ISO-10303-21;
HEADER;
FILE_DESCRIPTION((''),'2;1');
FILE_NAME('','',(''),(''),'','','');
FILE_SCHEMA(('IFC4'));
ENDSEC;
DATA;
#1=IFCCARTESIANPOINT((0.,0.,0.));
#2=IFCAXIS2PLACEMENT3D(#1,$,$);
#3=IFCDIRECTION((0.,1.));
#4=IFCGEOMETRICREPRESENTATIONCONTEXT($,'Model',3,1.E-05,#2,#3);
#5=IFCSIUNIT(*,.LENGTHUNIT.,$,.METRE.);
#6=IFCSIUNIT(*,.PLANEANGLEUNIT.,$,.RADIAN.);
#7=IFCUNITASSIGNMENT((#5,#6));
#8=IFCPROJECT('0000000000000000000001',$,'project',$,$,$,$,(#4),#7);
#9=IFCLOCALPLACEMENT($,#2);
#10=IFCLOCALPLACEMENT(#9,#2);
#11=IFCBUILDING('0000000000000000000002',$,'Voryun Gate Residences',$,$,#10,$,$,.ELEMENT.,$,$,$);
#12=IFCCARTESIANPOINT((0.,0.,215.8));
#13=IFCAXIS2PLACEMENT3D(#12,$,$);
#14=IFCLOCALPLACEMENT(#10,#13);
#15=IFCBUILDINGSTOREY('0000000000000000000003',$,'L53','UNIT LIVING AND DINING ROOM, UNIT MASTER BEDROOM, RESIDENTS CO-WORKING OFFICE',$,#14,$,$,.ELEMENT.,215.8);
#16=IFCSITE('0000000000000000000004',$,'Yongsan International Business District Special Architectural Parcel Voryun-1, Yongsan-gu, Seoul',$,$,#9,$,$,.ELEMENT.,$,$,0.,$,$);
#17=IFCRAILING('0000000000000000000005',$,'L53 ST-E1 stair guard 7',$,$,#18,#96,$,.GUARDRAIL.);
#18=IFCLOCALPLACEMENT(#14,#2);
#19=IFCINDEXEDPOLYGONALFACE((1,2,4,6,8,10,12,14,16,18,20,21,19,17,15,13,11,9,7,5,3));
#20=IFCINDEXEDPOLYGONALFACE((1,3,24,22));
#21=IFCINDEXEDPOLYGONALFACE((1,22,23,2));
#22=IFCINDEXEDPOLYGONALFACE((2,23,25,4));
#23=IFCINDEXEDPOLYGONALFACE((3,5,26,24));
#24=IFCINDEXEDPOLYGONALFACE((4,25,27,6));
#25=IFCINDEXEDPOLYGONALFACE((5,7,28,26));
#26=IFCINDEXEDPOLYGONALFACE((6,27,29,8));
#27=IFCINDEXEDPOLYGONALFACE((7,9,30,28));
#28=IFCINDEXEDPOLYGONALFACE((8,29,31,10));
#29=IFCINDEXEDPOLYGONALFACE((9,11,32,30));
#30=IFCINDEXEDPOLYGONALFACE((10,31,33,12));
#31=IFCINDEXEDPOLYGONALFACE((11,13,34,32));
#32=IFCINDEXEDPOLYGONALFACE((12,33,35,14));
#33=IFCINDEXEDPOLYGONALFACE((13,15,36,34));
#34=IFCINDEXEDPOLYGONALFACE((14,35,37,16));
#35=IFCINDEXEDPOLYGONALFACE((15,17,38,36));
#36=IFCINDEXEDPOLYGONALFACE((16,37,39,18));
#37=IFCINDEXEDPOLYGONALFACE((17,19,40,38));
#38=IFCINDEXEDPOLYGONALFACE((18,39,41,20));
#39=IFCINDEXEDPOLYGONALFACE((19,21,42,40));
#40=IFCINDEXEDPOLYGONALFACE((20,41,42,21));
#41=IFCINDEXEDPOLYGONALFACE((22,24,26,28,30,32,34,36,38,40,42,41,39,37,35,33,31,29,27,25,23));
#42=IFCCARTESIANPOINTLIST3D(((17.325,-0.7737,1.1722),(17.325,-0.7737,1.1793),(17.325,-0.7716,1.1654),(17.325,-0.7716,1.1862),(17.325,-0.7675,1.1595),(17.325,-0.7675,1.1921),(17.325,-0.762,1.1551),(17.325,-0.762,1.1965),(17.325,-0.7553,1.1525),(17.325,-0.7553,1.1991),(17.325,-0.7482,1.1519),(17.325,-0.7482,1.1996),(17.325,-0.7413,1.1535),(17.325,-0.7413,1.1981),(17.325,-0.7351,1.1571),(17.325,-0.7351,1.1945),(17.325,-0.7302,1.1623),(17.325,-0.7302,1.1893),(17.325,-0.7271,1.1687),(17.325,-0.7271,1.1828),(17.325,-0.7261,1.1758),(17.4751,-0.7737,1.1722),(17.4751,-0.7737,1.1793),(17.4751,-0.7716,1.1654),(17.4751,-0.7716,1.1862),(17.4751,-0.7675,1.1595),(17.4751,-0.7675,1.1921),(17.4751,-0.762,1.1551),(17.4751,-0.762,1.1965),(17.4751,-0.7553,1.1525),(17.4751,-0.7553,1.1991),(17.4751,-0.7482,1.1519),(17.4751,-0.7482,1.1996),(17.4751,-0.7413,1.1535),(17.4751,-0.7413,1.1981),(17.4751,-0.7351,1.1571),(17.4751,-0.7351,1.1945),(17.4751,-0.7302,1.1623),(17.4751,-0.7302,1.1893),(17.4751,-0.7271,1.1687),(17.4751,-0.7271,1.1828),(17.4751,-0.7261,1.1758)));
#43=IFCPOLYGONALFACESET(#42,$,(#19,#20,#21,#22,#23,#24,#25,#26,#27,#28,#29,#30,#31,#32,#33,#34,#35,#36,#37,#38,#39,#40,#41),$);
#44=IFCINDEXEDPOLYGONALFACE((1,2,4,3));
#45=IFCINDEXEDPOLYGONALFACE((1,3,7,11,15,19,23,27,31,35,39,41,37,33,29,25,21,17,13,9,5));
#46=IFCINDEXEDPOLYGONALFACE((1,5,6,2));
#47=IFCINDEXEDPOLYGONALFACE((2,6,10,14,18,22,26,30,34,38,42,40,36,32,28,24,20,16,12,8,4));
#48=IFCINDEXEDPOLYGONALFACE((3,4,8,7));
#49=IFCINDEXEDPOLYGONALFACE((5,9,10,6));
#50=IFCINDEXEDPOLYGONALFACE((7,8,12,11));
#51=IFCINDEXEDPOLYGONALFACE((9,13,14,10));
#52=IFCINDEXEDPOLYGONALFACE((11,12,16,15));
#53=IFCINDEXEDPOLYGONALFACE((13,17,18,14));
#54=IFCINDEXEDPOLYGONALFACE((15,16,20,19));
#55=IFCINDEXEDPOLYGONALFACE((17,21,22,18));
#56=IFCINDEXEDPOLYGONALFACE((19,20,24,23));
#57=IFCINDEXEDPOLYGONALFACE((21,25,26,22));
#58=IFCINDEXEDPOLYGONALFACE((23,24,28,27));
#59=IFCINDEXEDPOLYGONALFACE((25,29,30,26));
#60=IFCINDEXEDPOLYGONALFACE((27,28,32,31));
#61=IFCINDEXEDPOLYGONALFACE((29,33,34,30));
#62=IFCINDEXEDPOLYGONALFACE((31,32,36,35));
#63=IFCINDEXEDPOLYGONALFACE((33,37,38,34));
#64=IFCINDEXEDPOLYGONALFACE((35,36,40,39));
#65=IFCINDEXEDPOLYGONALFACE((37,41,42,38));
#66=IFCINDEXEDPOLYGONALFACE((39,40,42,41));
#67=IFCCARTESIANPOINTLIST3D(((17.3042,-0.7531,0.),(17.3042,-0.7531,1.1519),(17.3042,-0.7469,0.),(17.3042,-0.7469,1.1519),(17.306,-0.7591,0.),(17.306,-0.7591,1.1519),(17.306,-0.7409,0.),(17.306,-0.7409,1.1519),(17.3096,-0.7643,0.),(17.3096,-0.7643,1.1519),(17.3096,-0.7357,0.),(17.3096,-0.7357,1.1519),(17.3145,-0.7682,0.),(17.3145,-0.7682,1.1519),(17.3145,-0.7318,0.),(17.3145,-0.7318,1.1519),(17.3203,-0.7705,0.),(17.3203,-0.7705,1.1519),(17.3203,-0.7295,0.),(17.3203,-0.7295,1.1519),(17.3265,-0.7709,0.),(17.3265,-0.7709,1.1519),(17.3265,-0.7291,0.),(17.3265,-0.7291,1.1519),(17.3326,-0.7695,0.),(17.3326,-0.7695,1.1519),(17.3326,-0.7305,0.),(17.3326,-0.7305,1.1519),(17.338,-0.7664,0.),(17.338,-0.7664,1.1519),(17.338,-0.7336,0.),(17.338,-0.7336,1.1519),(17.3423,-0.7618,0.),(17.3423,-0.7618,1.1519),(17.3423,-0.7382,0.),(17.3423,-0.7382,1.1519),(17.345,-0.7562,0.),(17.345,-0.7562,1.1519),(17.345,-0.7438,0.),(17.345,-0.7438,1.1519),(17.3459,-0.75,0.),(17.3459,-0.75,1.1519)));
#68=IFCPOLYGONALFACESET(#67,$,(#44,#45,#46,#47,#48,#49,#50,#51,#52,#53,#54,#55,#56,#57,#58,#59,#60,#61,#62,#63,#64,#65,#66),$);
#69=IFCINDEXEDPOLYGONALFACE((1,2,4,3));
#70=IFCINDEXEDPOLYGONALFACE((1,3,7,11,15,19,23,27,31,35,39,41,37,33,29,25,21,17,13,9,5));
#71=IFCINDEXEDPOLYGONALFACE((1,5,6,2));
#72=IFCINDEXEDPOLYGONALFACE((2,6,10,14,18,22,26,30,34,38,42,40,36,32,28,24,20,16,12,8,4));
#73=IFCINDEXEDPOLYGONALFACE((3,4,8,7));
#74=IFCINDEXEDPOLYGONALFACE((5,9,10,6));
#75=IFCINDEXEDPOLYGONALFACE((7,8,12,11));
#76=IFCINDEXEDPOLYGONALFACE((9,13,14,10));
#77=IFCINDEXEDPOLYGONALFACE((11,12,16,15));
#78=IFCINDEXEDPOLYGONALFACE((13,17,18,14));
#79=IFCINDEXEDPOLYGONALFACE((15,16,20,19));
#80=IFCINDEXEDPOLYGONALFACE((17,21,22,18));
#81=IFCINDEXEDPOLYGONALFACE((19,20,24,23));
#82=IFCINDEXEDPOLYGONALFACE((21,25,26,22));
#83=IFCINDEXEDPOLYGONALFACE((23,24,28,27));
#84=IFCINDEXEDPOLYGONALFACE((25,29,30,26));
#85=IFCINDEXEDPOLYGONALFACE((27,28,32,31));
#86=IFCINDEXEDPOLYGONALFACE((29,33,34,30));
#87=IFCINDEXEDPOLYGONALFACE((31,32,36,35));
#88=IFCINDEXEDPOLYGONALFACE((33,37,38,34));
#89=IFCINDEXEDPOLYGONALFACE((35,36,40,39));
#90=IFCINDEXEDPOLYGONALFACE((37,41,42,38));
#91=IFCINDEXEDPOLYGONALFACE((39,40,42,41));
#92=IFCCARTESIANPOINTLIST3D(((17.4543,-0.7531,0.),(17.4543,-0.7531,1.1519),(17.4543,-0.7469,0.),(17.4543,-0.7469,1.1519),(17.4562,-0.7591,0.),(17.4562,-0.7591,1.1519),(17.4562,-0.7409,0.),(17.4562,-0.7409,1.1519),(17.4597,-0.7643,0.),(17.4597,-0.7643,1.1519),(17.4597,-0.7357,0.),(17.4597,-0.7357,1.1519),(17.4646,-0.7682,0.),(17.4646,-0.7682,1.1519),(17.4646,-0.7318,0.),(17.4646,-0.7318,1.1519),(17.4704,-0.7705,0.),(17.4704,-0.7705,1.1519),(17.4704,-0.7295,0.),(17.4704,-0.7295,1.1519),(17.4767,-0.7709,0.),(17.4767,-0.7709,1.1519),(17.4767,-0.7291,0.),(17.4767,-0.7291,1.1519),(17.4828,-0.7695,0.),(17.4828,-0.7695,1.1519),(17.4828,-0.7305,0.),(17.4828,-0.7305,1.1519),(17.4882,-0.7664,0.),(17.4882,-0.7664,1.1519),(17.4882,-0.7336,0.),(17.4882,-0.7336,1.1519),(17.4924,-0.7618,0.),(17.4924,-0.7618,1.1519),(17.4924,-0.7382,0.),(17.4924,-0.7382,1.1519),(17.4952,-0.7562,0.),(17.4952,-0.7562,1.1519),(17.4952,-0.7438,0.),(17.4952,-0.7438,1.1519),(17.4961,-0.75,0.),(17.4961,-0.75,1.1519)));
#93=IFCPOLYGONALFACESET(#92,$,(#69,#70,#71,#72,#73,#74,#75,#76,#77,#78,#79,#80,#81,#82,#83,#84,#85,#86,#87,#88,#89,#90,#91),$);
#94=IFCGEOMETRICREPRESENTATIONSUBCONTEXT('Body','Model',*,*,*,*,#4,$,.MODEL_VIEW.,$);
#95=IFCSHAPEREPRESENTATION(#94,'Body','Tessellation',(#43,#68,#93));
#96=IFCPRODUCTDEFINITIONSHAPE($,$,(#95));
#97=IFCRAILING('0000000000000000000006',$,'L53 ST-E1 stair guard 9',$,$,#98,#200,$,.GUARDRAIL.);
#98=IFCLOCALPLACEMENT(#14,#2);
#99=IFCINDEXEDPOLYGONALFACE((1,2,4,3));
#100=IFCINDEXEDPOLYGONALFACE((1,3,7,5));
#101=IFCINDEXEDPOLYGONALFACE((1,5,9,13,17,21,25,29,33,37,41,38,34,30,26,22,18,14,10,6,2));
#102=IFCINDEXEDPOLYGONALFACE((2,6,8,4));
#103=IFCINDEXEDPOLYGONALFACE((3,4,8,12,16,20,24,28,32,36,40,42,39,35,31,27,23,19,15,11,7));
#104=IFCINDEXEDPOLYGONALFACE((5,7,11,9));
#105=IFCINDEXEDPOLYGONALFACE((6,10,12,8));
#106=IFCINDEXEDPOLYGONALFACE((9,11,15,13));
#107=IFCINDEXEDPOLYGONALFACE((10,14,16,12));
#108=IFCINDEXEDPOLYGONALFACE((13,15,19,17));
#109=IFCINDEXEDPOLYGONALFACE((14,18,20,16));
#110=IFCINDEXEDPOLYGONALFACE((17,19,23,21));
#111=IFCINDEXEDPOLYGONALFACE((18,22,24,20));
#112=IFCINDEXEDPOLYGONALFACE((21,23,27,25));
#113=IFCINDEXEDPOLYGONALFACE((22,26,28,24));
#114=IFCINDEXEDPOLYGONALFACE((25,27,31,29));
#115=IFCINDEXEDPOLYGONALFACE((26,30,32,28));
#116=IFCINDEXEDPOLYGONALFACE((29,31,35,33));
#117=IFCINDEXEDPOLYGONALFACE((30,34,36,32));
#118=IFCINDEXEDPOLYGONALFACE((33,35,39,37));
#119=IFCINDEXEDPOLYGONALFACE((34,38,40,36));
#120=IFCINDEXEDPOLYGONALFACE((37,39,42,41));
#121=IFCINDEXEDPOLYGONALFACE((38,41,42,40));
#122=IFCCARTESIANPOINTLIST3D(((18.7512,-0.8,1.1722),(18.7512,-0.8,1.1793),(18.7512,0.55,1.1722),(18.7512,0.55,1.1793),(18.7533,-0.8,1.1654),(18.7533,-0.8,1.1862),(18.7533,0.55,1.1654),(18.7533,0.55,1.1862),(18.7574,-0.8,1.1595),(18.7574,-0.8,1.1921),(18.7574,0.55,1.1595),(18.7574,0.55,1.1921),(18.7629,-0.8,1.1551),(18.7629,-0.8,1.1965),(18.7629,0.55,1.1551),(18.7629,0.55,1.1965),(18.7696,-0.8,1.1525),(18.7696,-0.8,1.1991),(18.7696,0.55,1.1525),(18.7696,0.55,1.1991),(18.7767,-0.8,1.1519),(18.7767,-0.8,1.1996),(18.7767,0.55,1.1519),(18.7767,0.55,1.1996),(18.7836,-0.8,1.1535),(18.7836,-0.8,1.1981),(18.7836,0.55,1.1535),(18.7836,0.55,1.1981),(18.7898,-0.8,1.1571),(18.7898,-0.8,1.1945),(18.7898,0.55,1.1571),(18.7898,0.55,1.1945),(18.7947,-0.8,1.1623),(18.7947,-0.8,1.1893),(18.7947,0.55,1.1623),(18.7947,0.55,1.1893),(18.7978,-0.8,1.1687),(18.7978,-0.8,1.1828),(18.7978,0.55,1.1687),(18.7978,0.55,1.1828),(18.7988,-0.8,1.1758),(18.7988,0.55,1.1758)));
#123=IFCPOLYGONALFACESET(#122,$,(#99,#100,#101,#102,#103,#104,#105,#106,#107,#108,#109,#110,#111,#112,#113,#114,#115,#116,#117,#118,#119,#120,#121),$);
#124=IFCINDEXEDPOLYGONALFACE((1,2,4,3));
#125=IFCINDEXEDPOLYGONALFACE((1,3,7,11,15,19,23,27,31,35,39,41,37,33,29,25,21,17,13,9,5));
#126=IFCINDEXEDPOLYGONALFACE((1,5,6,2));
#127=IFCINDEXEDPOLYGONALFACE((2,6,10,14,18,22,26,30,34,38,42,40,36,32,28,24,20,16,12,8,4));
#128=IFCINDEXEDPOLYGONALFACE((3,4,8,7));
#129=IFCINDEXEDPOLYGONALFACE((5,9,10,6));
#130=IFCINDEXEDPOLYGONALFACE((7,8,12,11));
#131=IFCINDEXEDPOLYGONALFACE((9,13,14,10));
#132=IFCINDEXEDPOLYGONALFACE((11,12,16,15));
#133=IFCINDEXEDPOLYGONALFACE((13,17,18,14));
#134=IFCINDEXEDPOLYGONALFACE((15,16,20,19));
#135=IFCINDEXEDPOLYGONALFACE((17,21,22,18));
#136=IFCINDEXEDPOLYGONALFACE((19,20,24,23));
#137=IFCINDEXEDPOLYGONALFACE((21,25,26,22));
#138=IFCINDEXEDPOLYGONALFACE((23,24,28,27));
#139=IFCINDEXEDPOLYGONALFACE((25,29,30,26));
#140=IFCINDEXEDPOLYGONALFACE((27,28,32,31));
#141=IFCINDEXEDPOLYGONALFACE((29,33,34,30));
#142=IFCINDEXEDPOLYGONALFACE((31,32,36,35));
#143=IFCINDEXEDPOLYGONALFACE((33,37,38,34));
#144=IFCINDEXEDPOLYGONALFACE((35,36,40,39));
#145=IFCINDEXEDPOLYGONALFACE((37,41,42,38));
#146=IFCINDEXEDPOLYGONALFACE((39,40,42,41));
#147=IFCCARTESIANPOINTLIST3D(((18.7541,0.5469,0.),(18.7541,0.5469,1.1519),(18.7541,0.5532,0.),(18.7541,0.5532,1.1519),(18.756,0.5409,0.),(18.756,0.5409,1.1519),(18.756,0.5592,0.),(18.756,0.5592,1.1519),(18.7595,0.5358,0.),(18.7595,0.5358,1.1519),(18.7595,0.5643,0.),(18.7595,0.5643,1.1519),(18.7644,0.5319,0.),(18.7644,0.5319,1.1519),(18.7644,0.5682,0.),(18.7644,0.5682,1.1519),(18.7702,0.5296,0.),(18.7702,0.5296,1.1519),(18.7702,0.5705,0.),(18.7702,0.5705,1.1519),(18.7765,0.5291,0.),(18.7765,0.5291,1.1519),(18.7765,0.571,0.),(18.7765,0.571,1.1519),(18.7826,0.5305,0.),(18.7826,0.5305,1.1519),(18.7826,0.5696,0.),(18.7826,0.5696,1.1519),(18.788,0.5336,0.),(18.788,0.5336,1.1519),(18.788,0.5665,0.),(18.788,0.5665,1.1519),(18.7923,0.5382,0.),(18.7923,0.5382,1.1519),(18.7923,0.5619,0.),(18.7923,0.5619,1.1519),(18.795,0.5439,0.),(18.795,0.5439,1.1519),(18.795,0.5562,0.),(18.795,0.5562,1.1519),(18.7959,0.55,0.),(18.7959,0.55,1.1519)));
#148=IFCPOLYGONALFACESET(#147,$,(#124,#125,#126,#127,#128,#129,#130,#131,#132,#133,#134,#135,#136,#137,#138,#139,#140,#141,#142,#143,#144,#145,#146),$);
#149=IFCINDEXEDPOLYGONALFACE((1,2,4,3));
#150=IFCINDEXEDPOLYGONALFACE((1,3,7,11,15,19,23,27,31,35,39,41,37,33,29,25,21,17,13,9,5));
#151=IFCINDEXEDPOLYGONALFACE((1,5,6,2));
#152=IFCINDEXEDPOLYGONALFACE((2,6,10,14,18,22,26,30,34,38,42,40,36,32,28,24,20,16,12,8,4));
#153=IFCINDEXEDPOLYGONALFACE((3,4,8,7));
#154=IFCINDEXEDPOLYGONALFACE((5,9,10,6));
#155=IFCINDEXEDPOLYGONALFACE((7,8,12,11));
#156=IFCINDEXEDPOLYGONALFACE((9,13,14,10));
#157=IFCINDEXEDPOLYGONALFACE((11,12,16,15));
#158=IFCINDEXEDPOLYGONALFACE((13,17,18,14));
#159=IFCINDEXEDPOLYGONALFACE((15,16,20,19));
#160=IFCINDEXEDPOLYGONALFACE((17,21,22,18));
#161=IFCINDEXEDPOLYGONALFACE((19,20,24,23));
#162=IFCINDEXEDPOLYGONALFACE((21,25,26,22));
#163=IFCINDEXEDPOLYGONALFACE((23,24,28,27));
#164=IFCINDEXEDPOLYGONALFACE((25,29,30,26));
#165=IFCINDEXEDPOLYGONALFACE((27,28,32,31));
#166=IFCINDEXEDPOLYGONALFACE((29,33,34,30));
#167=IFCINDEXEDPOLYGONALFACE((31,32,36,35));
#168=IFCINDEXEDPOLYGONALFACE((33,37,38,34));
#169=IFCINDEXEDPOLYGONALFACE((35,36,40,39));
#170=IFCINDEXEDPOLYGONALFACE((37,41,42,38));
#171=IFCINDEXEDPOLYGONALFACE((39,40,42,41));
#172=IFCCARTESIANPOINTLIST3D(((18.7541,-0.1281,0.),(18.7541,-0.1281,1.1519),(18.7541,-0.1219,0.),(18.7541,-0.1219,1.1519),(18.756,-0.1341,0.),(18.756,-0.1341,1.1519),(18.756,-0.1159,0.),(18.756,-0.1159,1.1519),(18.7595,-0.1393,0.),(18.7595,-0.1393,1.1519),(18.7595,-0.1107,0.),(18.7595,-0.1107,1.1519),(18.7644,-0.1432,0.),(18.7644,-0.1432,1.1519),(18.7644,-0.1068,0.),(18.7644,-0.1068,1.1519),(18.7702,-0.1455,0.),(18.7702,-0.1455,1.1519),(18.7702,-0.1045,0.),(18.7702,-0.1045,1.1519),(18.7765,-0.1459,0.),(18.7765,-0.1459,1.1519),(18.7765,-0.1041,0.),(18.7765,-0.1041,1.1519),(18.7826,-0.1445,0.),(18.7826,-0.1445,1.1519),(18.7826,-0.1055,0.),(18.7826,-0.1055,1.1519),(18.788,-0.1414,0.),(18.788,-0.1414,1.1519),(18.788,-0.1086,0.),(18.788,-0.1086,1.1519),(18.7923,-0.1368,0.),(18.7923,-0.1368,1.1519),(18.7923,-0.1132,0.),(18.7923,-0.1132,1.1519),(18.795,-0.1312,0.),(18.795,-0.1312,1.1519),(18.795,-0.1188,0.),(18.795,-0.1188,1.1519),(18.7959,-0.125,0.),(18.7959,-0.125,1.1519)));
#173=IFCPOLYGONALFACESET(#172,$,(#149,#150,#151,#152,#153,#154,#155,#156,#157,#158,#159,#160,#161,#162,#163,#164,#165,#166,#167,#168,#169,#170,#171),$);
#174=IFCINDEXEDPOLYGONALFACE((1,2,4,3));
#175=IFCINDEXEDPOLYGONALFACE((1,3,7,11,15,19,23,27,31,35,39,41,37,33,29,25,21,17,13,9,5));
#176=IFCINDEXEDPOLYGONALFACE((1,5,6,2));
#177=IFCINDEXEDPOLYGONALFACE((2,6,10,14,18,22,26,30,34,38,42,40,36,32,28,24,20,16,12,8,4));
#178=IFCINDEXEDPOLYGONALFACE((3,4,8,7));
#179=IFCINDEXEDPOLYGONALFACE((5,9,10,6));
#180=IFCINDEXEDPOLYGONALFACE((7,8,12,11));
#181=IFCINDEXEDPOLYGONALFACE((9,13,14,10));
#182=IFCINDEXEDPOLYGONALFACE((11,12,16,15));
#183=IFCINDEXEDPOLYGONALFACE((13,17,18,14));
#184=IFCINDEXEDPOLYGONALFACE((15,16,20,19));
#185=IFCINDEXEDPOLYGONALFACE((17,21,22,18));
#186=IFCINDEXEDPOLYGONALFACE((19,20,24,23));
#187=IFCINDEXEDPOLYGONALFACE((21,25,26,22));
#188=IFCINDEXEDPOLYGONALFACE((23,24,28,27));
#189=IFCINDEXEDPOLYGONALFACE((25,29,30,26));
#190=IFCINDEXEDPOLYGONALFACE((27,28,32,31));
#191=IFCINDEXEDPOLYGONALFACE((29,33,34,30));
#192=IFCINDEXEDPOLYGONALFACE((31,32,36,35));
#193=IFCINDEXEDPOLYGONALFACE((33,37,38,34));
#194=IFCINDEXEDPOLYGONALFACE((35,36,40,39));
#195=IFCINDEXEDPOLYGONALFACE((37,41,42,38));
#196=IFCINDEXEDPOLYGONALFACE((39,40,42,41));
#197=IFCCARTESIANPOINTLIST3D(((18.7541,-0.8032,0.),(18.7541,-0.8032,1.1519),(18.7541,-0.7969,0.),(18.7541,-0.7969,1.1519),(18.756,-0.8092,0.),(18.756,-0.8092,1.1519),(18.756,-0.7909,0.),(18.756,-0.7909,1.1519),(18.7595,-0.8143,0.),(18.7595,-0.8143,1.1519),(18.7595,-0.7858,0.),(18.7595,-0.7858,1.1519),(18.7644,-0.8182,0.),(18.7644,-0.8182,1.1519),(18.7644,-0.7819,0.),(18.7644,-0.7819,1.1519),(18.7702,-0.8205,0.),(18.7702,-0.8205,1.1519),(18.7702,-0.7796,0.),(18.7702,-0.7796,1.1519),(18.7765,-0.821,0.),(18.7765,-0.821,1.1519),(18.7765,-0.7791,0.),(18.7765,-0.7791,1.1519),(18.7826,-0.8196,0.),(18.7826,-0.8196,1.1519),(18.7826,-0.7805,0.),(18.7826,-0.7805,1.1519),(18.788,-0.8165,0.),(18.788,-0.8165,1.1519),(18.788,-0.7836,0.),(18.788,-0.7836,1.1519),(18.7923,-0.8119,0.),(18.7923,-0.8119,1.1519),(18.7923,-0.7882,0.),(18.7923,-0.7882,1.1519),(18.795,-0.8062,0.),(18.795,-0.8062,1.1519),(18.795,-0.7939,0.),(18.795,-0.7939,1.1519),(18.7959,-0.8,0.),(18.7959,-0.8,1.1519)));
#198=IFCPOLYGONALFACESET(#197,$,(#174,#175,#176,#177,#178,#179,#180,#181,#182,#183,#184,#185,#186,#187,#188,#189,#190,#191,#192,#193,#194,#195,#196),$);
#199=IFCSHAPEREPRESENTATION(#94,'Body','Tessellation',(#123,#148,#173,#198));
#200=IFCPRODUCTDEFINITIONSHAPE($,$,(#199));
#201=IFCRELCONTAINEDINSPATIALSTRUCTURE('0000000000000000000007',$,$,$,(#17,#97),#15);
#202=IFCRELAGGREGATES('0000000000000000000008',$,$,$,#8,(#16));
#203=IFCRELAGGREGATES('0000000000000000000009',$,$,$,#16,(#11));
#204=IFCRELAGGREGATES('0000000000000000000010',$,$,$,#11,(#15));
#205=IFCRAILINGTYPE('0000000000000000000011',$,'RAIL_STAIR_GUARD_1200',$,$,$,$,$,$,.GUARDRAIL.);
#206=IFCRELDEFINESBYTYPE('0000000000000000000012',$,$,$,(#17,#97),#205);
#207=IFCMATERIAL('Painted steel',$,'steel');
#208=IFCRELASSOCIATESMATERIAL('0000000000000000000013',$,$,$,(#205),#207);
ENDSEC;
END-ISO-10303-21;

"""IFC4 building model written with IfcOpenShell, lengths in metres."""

from ifc_helpers import new_model, si_unit, direction, frame, origin, origin_2d, place, context, subcontext, project, spatial, circle, extrude, material, type_object, element, save


model = new_model("IFC4")

# Units and contexts
model_context = context("Model", 3, precision=1e-05, world=origin(), true_north=direction((0.0, 1.0)))
body_context = subcontext(model_context, "Body", "Model", "MODEL_VIEW")
ifc_project = project(units=[si_unit("LENGTHUNIT", "METRE"), si_unit("PLANEANGLEUNIT", "RADIAN")], contexts=[model_context])

# Site, building, storey
site_placement = place(None, origin())
site = spatial("IfcSite", under=ifc_project, at=site_placement, Name="Yongsan International Business District Special Architectural Parcel Voryun-1, Yongsan-gu, Seoul", CompositionType="ELEMENT", RefElevation=0.0)
building_placement = place(site_placement, origin())
building = spatial("IfcBuilding", under=site, at=building_placement, Name="Voryun Gate Residences", CompositionType="ELEMENT")
storey_placement = place(building_placement, frame((0.0, 0.0, 215.8)))
storey = spatial("IfcBuildingStorey", under=building, at=storey_placement, Name="L53", Description="UNIT LIVING AND DINING ROOM, UNIT MASTER BEDROOM, RESIDENTS CO-WORKING OFFICE", CompositionType="ELEMENT", Elevation=215.8)

# Railings
ifc_material_1 = material(Name="Painted steel", Category="steel")
railing_type = type_object("IfcRailingType", Name="RAIL_STAIR_GUARD_1200", PredefinedType="GUARDRAIL", material=ifc_material_1)
railing_1_placement = place(storey_placement, frame((17.325, -0.75, 0.0)))
element("IfcRailing", 1, at=railing_1_placement, inside=storey, type_object=railing_type, Name="L53 ST-E1 stair guard 7", PredefinedType="GUARDRAIL", context=body_context, shape_type="SweptSolid", body=[
    extrude(circle(Radius=0.0239, at=origin_2d()), frame((0.0, 0.0, 1.1758), z_axis=(1.0, 0.0, 0.0), x_axis=(0.0, 1.0, 0.0)), (0.0, 0.0, 1.0), 0.1501),
    extrude(circle(Radius=0.021, at=origin_2d()), origin(), (0.0, 0.0, 1.0), 1.1519),
    extrude(circle(Radius=0.021, at=origin_2d()), frame((0.1501, 0.0, 0.0)), (0.0, 0.0, 1.0), 1.1519),
])
railing_2_placement = place(storey_placement, frame((18.7749, 0.55, 0.0)))
element("IfcRailing", 2, at=railing_2_placement, inside=storey, type_object=railing_type, Name="L53 ST-E1 stair guard 9", PredefinedType="GUARDRAIL", context=body_context, shape_type="SweptSolid", body=[
    extrude(circle(Radius=0.0239, at=origin_2d()), frame((0.0, 0.0, 1.1758), z_axis=(0.0, -1.0, 0.0), x_axis=(1.0, 0.0, 0.0)), (0.0, 0.0, 1.0), 1.3501),
    extrude(circle(Radius=0.021, at=origin_2d()), origin(), (0.0, 0.0, 1.0), 1.1519),
    extrude(circle(Radius=0.021, at=origin_2d()), frame((0.0, -0.675, 0.0)), (0.0, 0.0, 1.0), 1.1519),
    extrude(circle(Radius=0.021, at=origin_2d()), frame((0.0, -1.3501, 0.0)), (0.0, 0.0, 1.0), 1.1519),
])

save(model, "model.ifc")
